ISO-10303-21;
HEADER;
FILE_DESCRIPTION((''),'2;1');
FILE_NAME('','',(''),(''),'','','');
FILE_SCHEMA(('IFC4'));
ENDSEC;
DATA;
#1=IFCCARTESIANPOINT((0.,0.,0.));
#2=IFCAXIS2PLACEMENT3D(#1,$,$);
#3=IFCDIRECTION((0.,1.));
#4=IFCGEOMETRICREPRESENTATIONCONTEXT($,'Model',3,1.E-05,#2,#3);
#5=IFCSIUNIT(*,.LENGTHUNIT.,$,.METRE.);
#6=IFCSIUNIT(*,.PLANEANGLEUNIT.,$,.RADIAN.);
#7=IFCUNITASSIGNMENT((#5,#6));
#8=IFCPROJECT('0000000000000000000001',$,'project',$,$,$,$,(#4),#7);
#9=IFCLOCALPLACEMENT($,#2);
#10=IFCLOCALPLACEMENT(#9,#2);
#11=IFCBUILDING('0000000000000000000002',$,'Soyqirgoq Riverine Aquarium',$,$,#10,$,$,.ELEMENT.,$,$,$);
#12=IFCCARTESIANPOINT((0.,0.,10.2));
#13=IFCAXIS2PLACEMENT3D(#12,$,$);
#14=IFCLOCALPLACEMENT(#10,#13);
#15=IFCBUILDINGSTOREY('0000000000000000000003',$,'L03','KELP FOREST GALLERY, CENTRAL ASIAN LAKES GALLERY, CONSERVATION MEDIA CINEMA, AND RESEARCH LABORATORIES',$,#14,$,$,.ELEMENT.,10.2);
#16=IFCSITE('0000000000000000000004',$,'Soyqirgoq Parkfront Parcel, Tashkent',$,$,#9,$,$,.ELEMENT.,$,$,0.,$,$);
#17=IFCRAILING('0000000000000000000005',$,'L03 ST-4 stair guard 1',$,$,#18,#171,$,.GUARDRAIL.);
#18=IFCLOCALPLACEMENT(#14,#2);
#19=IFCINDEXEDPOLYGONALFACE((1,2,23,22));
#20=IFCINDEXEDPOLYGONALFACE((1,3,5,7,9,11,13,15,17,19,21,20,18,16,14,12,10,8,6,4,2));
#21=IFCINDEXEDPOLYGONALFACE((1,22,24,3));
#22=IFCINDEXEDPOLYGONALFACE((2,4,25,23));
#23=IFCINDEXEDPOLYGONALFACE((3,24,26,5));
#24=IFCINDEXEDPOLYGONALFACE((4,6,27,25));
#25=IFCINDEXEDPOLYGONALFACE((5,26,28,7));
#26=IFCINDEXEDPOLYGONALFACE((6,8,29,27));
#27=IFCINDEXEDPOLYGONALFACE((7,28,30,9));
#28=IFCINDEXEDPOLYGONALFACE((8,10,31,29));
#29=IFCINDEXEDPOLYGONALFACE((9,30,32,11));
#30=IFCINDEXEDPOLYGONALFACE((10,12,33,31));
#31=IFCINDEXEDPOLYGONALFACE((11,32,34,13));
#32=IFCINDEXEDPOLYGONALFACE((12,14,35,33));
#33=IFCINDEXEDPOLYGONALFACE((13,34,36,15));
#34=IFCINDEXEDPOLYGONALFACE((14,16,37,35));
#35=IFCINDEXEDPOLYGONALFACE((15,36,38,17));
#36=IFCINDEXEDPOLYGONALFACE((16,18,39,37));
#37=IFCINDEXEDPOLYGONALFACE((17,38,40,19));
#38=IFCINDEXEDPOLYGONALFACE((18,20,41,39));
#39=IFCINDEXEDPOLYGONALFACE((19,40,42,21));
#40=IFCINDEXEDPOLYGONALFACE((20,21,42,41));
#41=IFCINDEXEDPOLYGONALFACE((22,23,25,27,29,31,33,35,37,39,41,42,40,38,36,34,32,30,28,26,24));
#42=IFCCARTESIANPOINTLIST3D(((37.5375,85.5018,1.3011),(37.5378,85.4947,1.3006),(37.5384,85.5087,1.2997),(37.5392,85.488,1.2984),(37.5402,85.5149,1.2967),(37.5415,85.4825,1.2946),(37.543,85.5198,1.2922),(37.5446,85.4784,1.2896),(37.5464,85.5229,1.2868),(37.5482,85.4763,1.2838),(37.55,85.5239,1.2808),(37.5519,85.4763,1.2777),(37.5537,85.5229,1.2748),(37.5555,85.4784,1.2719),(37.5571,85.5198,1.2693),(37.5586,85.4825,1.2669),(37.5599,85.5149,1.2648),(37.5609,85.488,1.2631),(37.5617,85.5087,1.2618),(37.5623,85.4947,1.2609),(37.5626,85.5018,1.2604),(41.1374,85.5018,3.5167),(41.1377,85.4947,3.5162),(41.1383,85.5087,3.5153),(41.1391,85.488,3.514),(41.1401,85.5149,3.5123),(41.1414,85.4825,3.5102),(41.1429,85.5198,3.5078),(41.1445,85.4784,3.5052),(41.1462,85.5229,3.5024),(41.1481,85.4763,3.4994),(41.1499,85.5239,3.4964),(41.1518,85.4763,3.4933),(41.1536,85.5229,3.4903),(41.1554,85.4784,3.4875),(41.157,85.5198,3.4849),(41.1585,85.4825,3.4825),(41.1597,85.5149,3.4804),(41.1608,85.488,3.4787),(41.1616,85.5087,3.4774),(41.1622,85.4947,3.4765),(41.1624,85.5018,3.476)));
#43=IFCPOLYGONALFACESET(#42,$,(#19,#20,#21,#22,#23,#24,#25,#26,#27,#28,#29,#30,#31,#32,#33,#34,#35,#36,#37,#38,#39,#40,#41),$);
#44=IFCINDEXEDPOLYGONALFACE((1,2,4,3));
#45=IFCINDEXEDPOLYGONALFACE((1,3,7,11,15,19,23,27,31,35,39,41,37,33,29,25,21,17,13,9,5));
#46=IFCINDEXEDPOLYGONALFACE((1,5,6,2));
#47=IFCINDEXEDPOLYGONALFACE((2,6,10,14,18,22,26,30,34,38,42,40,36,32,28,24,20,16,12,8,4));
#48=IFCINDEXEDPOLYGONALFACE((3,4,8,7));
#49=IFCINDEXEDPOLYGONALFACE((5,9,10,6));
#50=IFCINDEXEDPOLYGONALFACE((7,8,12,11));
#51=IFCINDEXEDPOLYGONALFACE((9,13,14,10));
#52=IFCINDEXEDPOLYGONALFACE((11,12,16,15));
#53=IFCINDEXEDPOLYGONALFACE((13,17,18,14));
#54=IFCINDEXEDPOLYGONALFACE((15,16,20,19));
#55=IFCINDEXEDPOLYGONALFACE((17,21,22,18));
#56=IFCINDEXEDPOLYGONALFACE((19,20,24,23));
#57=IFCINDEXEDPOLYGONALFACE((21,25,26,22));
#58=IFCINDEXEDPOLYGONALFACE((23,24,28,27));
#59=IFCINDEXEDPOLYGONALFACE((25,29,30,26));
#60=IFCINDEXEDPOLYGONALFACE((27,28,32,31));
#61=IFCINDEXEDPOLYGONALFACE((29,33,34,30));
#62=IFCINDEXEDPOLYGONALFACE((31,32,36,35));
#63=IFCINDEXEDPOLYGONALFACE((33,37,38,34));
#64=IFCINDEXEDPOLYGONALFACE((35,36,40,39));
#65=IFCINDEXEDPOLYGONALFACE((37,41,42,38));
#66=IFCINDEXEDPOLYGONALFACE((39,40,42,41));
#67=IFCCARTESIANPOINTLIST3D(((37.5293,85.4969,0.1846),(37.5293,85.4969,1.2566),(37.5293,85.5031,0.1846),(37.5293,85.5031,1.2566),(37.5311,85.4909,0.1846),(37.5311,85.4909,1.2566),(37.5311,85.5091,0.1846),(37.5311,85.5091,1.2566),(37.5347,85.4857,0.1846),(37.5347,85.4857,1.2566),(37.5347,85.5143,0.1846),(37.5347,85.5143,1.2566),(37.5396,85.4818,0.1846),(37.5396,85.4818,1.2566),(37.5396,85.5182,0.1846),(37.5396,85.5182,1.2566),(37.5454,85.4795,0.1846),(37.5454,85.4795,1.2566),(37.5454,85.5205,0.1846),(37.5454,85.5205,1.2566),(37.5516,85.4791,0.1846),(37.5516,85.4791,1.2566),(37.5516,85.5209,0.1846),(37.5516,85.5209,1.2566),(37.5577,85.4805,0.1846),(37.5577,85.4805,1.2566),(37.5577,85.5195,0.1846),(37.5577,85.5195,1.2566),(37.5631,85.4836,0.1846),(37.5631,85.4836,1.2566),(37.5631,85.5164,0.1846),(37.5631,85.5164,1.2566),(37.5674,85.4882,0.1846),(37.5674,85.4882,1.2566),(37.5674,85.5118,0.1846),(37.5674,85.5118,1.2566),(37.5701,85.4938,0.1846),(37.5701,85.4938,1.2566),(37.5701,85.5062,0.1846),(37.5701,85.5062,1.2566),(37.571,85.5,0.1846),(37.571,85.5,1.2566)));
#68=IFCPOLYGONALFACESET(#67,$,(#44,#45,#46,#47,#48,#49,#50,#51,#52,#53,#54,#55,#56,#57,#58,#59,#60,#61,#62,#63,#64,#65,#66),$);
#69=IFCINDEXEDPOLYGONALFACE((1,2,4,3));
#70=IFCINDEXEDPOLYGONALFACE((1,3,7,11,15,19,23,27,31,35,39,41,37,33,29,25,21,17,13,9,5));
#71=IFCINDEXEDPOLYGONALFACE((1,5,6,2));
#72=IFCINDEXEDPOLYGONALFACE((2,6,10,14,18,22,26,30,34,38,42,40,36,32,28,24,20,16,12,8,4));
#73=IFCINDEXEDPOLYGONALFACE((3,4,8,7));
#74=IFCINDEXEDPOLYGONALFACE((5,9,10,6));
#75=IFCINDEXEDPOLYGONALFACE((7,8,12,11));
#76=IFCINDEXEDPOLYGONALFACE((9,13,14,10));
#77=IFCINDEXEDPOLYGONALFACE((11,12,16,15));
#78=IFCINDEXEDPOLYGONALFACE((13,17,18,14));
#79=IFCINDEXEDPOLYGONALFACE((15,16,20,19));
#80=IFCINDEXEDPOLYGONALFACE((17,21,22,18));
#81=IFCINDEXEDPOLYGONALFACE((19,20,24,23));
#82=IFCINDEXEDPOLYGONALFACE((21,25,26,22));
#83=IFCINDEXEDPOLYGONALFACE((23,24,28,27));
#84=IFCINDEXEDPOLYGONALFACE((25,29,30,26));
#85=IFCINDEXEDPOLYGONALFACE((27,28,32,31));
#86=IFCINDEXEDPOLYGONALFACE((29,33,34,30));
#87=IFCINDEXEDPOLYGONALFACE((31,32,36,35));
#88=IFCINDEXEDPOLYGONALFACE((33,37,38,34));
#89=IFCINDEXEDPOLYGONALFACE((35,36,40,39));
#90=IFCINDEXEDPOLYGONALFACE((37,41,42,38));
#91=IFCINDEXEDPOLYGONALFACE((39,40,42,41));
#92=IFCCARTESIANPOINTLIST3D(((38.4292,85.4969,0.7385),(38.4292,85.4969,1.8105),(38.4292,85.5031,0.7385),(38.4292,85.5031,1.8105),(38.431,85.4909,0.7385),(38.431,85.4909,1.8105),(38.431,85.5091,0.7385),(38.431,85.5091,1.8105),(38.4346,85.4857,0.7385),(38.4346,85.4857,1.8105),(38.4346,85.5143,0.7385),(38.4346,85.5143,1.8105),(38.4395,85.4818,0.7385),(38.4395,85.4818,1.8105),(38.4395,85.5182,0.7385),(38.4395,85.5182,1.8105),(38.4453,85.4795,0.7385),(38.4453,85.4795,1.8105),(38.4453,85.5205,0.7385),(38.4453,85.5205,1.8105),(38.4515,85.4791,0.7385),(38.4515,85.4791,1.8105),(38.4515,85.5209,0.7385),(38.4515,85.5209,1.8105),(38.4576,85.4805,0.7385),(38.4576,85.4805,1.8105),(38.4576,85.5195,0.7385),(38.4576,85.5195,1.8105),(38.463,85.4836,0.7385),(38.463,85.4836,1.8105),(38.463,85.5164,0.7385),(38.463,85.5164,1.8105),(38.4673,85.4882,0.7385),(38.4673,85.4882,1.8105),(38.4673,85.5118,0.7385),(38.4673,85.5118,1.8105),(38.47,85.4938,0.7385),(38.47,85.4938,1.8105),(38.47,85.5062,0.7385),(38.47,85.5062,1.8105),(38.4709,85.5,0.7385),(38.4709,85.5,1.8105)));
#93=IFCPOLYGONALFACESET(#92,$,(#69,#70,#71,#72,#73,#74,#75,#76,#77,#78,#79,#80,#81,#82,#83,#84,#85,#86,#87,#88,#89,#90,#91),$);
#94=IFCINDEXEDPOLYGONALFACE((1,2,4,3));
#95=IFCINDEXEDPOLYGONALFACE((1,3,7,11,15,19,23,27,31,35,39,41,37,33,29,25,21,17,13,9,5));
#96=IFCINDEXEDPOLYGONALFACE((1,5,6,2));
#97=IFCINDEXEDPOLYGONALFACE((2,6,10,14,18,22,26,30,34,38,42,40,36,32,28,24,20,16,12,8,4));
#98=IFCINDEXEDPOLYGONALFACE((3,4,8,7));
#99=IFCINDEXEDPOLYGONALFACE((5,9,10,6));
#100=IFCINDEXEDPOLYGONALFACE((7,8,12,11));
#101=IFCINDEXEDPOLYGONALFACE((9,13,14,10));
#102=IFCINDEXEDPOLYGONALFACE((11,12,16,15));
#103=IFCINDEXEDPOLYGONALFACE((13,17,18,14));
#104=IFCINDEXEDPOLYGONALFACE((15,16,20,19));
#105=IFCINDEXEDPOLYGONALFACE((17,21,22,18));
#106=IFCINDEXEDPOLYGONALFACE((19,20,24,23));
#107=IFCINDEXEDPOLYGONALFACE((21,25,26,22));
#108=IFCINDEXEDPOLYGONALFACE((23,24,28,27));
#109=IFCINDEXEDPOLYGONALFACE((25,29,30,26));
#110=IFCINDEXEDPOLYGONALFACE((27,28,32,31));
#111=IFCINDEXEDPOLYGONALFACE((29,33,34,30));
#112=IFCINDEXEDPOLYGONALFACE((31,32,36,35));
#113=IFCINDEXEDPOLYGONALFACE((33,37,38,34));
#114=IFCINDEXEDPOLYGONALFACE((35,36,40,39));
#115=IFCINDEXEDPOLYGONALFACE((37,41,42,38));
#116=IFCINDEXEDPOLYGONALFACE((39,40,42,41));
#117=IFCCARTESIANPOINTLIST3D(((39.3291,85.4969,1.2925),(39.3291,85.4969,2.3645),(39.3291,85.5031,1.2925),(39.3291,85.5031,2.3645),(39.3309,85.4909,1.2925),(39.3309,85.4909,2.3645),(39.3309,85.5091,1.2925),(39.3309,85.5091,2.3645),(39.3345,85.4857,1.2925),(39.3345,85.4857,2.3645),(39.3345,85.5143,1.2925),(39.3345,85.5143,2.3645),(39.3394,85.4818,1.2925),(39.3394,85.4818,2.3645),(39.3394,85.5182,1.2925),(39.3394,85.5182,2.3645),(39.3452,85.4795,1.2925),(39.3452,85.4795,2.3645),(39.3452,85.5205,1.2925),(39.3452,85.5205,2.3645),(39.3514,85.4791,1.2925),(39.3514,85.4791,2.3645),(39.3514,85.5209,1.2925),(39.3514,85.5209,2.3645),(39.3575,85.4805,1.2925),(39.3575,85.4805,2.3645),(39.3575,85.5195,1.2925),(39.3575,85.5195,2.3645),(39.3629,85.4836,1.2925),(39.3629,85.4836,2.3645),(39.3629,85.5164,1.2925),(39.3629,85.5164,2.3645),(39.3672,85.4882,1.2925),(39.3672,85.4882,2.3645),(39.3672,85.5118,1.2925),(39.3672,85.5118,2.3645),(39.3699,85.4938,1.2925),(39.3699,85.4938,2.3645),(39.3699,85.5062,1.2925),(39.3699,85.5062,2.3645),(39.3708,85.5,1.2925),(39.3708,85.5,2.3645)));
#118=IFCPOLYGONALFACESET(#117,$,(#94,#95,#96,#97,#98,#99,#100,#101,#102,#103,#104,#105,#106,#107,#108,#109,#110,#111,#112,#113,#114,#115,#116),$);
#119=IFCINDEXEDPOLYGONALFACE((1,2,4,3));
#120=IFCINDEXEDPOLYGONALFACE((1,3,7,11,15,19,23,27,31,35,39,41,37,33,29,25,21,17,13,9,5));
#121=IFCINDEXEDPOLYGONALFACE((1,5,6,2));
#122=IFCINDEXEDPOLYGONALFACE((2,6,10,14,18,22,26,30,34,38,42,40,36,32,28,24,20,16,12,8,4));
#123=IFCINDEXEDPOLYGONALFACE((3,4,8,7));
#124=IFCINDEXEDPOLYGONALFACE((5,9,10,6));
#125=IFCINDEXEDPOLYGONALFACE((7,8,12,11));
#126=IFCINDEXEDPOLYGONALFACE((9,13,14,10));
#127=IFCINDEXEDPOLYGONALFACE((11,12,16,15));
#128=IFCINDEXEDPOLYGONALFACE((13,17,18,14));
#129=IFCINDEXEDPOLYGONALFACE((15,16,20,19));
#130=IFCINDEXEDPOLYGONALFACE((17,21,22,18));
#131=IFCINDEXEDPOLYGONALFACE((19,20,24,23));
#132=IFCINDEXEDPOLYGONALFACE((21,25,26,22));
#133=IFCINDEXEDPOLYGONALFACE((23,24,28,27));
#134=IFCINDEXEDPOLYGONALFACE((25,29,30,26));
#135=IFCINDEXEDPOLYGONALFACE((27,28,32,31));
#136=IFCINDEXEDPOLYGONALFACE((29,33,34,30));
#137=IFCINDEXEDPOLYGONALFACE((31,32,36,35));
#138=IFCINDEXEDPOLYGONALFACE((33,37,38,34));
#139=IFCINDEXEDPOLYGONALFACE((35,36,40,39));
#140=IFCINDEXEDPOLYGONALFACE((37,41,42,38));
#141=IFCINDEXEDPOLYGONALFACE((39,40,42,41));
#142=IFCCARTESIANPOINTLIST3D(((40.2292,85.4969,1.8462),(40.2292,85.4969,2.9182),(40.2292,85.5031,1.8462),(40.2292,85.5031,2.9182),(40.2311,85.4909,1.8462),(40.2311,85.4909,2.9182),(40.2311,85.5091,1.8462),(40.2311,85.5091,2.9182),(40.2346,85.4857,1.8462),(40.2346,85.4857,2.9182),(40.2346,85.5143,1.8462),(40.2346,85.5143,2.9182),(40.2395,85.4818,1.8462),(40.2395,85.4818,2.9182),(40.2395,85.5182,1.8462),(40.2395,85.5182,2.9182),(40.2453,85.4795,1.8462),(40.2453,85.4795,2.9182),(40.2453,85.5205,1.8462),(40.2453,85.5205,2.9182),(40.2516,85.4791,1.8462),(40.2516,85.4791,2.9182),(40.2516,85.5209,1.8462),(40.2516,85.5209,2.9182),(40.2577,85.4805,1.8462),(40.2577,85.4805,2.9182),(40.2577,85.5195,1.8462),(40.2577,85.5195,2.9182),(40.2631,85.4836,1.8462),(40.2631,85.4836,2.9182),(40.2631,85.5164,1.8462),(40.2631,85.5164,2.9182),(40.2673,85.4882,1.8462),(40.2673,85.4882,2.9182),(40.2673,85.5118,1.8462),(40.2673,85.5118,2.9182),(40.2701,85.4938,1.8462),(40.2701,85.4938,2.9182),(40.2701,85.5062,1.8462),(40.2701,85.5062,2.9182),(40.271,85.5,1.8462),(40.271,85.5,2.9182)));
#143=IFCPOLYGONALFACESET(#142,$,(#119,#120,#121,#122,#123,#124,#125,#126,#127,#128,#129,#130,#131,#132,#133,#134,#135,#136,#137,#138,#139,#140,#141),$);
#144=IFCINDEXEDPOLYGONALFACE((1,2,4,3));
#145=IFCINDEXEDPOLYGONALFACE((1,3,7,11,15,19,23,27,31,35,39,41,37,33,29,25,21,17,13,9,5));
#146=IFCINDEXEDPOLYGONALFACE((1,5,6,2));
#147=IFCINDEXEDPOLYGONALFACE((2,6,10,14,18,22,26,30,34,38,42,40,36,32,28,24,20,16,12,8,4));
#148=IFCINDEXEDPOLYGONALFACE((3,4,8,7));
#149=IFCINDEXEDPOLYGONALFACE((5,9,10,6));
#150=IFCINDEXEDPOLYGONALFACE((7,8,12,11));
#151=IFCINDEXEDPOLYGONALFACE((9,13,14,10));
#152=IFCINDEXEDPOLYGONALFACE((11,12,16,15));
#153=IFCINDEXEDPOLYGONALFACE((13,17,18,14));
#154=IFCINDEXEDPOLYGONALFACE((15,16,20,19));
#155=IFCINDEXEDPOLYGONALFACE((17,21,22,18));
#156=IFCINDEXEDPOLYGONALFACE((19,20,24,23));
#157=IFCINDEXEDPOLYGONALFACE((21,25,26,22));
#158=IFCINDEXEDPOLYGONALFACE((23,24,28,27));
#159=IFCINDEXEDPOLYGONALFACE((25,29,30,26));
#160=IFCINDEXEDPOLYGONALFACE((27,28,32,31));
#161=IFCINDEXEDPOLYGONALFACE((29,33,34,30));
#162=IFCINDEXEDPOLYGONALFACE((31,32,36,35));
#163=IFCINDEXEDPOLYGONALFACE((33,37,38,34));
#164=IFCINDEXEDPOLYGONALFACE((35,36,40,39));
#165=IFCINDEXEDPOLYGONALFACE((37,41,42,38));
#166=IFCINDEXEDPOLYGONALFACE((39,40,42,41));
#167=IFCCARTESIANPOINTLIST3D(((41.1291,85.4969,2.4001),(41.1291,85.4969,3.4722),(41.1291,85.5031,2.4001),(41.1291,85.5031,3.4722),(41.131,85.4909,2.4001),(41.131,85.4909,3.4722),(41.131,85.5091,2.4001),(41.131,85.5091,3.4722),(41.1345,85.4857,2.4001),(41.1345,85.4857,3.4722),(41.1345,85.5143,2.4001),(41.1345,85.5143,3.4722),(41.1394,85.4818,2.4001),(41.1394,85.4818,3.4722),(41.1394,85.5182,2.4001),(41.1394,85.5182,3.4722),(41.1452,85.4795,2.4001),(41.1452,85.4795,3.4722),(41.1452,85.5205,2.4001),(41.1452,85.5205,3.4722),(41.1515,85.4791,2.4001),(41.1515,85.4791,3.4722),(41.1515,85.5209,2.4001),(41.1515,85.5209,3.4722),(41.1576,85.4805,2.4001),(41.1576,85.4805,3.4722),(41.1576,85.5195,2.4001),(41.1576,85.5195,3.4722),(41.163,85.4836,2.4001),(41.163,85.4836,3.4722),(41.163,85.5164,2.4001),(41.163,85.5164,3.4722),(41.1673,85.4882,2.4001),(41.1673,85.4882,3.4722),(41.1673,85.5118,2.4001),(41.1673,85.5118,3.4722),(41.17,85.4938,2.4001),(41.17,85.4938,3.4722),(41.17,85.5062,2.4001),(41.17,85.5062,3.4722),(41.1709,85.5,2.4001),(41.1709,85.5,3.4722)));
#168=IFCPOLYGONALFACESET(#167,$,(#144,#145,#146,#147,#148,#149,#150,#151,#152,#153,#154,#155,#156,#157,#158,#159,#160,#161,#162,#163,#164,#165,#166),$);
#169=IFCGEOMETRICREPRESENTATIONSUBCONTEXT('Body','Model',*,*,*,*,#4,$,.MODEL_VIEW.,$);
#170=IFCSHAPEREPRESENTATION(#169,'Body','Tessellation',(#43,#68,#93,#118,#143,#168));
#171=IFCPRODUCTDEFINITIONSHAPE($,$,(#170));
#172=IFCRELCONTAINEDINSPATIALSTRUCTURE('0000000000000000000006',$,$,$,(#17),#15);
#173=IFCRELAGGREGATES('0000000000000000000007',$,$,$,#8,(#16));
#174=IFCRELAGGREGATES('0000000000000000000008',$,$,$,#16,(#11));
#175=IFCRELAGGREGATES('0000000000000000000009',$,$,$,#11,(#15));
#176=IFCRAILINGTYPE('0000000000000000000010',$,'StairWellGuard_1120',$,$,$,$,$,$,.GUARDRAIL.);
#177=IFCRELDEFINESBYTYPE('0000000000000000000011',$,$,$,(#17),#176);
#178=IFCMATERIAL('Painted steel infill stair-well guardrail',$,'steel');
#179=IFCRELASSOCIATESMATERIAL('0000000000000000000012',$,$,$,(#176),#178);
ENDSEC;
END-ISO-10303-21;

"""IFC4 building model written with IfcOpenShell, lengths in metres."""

from ifc_helpers import new_model, si_unit, direction, frame, origin, origin_2d, place, context, subcontext, project, spatial, circle, extrude, material, type_object, element, save


model = new_model("IFC4")

# Units and contexts
model_context = context("Model", 3, precision=1e-05, world=origin(), true_north=direction((0.0, 1.0)))
body_context = subcontext(model_context, "Body", "Model", "MODEL_VIEW")
ifc_project = project(units=[si_unit("LENGTHUNIT", "METRE"), si_unit("PLANEANGLEUNIT", "RADIAN")], contexts=[model_context])

# Site, building, storey
site_placement = place(None, origin())
site = spatial("IfcSite", under=ifc_project, at=site_placement, Name="Soyqirgoq Parkfront Parcel, Tashkent", CompositionType="ELEMENT", RefElevation=0.0)
building_placement = place(site_placement, origin())
building = spatial("IfcBuilding", under=site, at=building_placement, Name="Soyqirgoq Riverine Aquarium", CompositionType="ELEMENT")
storey_placement = place(building_placement, frame((0.0, 0.0, 10.2)))
storey = spatial("IfcBuildingStorey", under=building, at=storey_placement, Name="L03", Description="KELP FOREST GALLERY, CENTRAL ASIAN LAKES GALLERY, CONSERVATION MEDIA CINEMA, AND RESEARCH LABORATORIES", CompositionType="ELEMENT", Elevation=10.2)

# Railing
ifc_material_1 = material(Name="Painted steel infill stair-well guardrail", Category="steel")
railing_type_1 = type_object("IfcRailingType", Name="StairWellGuard_1120", PredefinedType="GUARDRAIL", material=ifc_material_1)
railing_1_placement = place(storey_placement, frame((37.55, 85.5, 0.1846)))
element("IfcRailing", 1, at=railing_1_placement, inside=storey, type_object=railing_type_1, Name="L03 ST-4 stair guard 1", PredefinedType="GUARDRAIL", context=body_context, shape_type="SweptSolid", body=[
    extrude(circle(Radius=0.0239, at=origin_2d()), frame((0.0, 0.0, 1.0962), z_axis=(0.851629, 0.0, 0.524146), x_axis=(0.0, 1.0, 0.0)), (0.0, 0.0, 1.0), 4.2271),
    extrude(circle(Radius=0.021, at=origin_2d()), origin(), (0.0, 0.0, 1.0), 1.072),
    extrude(circle(Radius=0.021, at=origin_2d()), frame((0.8999, 0.0, 0.554)), (0.0, 0.0, 1.0), 1.072),
    extrude(circle(Radius=0.021, at=origin_2d()), frame((1.7998, 0.0, 1.1079)), (0.0, 0.0, 1.0), 1.072),
    extrude(circle(Radius=0.021, at=origin_2d()), frame((2.7, 0.0, 1.6616)), (0.0, 0.0, 1.0), 1.072),
    extrude(circle(Radius=0.021, at=origin_2d()), frame((3.5999, 0.0, 2.2156)), (0.0, 0.0, 1.0), 1.072),
])

save(model, "model.ifc")
